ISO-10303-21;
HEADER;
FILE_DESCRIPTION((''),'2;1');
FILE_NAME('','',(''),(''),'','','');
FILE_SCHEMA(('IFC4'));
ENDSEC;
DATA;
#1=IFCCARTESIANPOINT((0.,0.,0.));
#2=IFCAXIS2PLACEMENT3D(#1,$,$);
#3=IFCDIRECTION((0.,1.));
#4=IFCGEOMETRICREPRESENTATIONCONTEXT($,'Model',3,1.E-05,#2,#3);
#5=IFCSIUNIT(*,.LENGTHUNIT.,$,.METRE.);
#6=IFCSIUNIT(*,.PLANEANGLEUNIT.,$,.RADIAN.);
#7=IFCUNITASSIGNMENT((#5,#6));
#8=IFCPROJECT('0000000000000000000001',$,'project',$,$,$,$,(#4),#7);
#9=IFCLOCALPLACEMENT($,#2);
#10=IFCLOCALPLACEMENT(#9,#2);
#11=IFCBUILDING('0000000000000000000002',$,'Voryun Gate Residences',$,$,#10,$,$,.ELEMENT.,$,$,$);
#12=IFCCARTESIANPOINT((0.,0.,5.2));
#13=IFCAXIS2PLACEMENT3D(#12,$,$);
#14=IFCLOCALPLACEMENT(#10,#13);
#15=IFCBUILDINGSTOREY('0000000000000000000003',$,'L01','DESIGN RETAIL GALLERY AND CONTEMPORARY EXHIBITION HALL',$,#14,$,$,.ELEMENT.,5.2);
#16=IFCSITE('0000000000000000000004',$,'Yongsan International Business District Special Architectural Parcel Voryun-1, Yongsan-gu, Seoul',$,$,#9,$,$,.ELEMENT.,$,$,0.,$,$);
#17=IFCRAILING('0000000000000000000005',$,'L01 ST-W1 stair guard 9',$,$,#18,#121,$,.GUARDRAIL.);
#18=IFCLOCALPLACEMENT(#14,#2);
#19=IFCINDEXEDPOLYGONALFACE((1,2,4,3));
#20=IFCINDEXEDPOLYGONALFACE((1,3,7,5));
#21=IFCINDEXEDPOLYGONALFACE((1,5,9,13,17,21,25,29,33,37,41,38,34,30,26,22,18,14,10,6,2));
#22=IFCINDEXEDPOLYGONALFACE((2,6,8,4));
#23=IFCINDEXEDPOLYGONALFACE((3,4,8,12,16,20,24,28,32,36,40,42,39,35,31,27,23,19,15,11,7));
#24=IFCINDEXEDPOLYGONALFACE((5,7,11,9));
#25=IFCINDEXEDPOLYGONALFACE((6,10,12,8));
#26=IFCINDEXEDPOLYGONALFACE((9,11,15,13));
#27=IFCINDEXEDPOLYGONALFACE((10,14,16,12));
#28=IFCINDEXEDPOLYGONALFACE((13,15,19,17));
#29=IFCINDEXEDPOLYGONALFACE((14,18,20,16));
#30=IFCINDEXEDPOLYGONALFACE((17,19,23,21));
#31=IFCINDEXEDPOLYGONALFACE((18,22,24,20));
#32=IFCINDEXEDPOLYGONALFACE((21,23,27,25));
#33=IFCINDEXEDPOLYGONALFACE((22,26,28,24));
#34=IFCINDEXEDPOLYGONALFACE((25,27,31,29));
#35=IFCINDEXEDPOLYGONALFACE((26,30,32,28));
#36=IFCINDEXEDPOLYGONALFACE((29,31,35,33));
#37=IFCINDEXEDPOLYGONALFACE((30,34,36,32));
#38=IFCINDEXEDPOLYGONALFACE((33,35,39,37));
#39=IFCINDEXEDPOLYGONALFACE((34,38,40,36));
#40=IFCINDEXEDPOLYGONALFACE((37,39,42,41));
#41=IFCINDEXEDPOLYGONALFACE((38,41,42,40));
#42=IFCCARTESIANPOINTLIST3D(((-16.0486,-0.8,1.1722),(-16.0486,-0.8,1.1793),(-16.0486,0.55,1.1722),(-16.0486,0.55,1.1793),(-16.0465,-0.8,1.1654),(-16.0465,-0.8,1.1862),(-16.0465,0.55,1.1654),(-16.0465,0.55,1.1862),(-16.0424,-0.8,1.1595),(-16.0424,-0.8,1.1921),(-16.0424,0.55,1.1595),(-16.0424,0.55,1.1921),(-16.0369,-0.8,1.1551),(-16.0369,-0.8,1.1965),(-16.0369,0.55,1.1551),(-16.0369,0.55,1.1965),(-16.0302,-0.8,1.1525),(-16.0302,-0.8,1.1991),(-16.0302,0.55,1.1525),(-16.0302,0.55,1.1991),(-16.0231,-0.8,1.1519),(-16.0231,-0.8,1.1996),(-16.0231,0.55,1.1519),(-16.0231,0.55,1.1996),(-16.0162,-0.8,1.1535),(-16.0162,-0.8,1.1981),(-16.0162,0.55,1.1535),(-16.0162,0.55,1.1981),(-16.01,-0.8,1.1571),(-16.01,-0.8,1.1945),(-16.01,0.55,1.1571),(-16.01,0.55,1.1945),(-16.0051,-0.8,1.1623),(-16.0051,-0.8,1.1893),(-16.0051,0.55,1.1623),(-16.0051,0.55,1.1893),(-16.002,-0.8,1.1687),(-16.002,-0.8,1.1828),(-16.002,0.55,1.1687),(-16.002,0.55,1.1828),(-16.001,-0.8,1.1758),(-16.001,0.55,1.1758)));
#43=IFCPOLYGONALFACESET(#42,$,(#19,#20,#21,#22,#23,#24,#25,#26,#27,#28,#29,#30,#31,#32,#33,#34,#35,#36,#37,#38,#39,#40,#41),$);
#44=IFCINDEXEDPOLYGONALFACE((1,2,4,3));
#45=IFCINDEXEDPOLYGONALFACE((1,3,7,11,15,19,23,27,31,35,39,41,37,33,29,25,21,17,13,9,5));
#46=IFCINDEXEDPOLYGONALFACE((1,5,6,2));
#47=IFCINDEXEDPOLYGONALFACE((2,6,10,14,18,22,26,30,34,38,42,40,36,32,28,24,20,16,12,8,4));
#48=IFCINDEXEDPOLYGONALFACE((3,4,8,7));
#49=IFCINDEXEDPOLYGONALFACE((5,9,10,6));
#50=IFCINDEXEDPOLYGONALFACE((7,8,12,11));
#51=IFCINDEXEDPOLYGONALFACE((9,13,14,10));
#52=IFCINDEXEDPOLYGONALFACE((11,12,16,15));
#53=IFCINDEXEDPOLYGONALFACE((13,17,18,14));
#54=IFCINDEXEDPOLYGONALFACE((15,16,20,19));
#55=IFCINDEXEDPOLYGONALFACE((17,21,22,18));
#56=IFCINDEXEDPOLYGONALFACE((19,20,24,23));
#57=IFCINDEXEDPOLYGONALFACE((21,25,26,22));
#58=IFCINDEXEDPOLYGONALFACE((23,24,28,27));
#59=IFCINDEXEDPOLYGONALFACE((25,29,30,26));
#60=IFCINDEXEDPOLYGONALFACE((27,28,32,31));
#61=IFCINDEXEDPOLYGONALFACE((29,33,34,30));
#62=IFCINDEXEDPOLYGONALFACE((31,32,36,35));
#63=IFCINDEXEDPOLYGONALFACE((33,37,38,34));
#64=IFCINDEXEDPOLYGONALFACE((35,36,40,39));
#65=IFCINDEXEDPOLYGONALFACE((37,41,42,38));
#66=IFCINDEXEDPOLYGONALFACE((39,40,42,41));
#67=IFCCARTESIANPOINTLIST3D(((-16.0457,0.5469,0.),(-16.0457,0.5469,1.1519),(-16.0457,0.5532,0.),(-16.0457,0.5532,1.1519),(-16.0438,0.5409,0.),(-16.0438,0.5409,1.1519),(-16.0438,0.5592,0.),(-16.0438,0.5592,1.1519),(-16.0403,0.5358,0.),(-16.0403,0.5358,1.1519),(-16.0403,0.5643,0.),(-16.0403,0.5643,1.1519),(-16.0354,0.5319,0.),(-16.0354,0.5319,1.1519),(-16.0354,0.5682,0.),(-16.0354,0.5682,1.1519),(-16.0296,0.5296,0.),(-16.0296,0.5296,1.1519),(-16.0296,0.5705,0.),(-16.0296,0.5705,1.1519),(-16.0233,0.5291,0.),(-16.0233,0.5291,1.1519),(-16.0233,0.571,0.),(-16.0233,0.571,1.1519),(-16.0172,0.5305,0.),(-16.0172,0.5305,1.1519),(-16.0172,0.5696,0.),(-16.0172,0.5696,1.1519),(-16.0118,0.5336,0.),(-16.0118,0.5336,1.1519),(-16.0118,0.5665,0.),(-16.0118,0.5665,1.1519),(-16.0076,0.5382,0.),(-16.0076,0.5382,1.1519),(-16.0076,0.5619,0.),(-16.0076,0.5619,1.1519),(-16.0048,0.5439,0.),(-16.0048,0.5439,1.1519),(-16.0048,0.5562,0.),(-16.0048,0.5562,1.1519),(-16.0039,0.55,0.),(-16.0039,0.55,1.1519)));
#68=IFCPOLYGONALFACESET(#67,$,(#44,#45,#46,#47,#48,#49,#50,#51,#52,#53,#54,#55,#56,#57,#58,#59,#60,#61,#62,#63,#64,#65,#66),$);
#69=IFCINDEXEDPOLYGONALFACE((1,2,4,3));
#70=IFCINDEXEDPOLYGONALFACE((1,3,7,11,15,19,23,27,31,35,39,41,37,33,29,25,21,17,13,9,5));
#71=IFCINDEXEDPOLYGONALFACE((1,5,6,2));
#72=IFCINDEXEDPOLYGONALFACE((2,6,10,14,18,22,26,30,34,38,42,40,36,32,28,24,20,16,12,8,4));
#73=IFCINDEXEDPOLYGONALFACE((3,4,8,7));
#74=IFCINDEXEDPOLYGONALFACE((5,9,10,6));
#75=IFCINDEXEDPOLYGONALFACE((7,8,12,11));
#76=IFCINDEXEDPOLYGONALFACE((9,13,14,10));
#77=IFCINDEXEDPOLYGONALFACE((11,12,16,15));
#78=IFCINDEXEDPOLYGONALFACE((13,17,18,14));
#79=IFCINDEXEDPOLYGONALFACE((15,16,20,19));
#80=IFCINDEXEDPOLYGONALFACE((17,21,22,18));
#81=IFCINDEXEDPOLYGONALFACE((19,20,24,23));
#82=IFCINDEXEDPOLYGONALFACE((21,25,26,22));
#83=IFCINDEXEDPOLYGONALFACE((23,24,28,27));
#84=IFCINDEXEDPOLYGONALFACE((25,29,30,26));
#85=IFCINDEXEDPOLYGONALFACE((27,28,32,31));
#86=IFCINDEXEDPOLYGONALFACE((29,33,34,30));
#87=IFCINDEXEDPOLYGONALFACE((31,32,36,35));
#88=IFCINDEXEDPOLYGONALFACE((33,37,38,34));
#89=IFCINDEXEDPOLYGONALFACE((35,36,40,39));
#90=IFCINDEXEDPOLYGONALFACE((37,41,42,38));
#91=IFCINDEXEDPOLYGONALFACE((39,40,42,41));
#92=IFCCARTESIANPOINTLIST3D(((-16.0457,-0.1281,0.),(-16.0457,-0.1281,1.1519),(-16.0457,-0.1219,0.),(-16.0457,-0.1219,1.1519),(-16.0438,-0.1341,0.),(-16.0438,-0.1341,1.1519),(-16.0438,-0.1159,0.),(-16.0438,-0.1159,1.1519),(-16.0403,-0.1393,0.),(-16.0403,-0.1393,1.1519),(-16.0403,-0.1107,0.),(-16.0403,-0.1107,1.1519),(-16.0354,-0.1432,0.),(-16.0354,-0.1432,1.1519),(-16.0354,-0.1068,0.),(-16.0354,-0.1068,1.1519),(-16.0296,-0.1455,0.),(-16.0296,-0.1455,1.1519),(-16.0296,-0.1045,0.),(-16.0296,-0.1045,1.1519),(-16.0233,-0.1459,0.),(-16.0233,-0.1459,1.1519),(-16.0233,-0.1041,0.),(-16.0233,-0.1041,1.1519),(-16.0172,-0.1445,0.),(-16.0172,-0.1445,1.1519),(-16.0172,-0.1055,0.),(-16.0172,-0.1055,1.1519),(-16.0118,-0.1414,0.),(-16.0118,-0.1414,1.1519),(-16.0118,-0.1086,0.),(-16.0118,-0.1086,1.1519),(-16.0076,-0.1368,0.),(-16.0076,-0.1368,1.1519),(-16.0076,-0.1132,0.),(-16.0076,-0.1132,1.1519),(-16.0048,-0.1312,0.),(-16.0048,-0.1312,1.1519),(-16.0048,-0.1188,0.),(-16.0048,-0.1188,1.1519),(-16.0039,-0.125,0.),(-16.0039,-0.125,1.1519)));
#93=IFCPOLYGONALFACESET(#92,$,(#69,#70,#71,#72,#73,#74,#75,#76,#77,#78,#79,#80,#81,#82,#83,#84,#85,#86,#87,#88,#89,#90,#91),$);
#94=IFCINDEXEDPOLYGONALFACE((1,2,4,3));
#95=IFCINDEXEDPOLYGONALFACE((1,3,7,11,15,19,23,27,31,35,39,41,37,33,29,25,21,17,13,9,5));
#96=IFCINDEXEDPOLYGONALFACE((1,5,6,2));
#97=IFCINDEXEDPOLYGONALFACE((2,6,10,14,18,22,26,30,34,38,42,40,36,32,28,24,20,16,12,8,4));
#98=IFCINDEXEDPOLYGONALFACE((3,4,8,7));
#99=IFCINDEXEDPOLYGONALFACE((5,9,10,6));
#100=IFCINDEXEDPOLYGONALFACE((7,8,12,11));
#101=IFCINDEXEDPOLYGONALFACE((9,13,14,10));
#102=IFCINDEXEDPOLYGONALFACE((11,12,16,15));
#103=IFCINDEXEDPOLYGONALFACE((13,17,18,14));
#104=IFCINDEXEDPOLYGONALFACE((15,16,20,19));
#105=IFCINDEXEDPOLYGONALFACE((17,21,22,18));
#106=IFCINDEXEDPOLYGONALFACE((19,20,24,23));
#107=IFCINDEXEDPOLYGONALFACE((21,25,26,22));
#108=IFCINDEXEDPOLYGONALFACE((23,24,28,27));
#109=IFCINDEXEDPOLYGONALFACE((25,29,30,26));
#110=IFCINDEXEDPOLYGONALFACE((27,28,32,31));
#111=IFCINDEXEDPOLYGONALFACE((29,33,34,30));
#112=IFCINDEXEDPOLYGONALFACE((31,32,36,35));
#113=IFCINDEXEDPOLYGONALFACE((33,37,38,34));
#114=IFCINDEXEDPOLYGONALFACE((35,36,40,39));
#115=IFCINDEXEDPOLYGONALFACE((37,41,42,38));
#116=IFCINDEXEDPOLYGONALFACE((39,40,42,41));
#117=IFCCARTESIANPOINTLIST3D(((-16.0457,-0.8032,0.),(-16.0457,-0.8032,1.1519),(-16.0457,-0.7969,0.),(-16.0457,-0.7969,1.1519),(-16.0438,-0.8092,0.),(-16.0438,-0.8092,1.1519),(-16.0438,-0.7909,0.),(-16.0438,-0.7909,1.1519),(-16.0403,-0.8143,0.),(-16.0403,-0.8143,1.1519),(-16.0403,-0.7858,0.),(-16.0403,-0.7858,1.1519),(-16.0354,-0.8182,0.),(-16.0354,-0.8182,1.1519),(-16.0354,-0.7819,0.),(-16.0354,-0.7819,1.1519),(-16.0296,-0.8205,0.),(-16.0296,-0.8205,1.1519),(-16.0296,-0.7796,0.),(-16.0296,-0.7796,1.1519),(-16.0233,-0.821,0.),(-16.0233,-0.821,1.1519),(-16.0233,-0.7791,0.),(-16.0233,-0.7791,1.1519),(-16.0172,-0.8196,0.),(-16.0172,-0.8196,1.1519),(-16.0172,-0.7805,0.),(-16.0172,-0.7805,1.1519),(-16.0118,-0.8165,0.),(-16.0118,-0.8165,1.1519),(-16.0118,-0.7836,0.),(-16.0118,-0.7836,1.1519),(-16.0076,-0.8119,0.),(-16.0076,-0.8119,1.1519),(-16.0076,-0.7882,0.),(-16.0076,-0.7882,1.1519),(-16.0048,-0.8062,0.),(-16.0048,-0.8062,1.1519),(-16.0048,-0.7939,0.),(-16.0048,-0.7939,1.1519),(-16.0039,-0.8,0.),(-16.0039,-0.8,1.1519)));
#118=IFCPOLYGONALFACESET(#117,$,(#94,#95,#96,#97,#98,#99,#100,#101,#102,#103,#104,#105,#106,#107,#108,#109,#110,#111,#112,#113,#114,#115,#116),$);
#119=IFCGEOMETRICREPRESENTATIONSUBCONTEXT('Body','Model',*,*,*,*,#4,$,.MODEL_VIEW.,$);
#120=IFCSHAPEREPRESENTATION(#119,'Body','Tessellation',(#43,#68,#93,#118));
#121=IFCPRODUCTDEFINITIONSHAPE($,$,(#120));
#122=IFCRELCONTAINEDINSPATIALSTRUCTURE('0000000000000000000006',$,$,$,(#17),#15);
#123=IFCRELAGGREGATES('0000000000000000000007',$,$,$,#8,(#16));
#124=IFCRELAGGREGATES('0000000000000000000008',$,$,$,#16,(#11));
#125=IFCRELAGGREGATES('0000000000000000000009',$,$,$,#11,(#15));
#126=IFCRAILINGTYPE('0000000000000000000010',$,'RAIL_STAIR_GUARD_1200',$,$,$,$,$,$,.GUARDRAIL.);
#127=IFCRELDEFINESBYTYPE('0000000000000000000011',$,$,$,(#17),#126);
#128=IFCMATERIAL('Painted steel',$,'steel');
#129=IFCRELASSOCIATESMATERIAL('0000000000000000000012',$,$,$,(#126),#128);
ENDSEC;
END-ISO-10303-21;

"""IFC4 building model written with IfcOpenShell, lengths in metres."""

from ifc_helpers import new_model, si_unit, direction, frame, origin, origin_2d, place, context, subcontext, project, spatial, circle, extrude, material, type_object, element, save


model = new_model("IFC4")

# Units and contexts
model_context = context("Model", 3, precision=1e-05, world=origin(), true_north=direction((0.0, 1.0)))
body_context = subcontext(model_context, "Body", "Model", "MODEL_VIEW")
ifc_project = project(units=[si_unit("LENGTHUNIT", "METRE"), si_unit("PLANEANGLEUNIT", "RADIAN")], contexts=[model_context])

# Site, building, storey
site_placement = place(None, origin())
site = spatial("IfcSite", under=ifc_project, at=site_placement, Name="Yongsan International Business District Special Architectural Parcel Voryun-1, Yongsan-gu, Seoul", CompositionType="ELEMENT", RefElevation=0.0)
building_placement = place(site_placement, origin())
building = spatial("IfcBuilding", under=site, at=building_placement, Name="Voryun Gate Residences", CompositionType="ELEMENT")
storey_placement = place(building_placement, frame((0.0, 0.0, 5.2)))
storey = spatial("IfcBuildingStorey", under=building, at=storey_placement, Name="L01", Description="DESIGN RETAIL GALLERY AND CONTEMPORARY EXHIBITION HALL", CompositionType="ELEMENT", Elevation=5.2)

# Railing
ifc_material_1 = material(Name="Painted steel", Category="steel")
railing_type_1 = type_object("IfcRailingType", Name="RAIL_STAIR_GUARD_1200", PredefinedType="GUARDRAIL", material=ifc_material_1)
for number, where, name in (
    (1, (-16.0249, 0.55, 0.0), "L01 ST-W1 stair guard 9"),
):
    element("IfcRailing", number, at=place(storey_placement, frame(where)), inside=storey, type_object=railing_type_1, Name=name, PredefinedType="GUARDRAIL", context=body_context, shape_type="SweptSolid", body=[
        extrude(circle(Radius=0.0239, at=origin_2d()), frame((0.0, 0.0, 1.1758), z_axis=(0.0, -1.0, 0.0), x_axis=(1.0, 0.0, 0.0)), (0.0, 0.0, 1.0), 1.3501),
        extrude(circle(Radius=0.021, at=origin_2d()), origin(), (0.0, 0.0, 1.0), 1.1519),
        extrude(circle(Radius=0.021, at=origin_2d()), frame((0.0, -0.675, 0.0)), (0.0, 0.0, 1.0), 1.1519),
        extrude(circle(Radius=0.021, at=origin_2d()), frame((0.0, -1.3501, 0.0)), (0.0, 0.0, 1.0), 1.1519),
    ])

save(model, "model.ifc")
